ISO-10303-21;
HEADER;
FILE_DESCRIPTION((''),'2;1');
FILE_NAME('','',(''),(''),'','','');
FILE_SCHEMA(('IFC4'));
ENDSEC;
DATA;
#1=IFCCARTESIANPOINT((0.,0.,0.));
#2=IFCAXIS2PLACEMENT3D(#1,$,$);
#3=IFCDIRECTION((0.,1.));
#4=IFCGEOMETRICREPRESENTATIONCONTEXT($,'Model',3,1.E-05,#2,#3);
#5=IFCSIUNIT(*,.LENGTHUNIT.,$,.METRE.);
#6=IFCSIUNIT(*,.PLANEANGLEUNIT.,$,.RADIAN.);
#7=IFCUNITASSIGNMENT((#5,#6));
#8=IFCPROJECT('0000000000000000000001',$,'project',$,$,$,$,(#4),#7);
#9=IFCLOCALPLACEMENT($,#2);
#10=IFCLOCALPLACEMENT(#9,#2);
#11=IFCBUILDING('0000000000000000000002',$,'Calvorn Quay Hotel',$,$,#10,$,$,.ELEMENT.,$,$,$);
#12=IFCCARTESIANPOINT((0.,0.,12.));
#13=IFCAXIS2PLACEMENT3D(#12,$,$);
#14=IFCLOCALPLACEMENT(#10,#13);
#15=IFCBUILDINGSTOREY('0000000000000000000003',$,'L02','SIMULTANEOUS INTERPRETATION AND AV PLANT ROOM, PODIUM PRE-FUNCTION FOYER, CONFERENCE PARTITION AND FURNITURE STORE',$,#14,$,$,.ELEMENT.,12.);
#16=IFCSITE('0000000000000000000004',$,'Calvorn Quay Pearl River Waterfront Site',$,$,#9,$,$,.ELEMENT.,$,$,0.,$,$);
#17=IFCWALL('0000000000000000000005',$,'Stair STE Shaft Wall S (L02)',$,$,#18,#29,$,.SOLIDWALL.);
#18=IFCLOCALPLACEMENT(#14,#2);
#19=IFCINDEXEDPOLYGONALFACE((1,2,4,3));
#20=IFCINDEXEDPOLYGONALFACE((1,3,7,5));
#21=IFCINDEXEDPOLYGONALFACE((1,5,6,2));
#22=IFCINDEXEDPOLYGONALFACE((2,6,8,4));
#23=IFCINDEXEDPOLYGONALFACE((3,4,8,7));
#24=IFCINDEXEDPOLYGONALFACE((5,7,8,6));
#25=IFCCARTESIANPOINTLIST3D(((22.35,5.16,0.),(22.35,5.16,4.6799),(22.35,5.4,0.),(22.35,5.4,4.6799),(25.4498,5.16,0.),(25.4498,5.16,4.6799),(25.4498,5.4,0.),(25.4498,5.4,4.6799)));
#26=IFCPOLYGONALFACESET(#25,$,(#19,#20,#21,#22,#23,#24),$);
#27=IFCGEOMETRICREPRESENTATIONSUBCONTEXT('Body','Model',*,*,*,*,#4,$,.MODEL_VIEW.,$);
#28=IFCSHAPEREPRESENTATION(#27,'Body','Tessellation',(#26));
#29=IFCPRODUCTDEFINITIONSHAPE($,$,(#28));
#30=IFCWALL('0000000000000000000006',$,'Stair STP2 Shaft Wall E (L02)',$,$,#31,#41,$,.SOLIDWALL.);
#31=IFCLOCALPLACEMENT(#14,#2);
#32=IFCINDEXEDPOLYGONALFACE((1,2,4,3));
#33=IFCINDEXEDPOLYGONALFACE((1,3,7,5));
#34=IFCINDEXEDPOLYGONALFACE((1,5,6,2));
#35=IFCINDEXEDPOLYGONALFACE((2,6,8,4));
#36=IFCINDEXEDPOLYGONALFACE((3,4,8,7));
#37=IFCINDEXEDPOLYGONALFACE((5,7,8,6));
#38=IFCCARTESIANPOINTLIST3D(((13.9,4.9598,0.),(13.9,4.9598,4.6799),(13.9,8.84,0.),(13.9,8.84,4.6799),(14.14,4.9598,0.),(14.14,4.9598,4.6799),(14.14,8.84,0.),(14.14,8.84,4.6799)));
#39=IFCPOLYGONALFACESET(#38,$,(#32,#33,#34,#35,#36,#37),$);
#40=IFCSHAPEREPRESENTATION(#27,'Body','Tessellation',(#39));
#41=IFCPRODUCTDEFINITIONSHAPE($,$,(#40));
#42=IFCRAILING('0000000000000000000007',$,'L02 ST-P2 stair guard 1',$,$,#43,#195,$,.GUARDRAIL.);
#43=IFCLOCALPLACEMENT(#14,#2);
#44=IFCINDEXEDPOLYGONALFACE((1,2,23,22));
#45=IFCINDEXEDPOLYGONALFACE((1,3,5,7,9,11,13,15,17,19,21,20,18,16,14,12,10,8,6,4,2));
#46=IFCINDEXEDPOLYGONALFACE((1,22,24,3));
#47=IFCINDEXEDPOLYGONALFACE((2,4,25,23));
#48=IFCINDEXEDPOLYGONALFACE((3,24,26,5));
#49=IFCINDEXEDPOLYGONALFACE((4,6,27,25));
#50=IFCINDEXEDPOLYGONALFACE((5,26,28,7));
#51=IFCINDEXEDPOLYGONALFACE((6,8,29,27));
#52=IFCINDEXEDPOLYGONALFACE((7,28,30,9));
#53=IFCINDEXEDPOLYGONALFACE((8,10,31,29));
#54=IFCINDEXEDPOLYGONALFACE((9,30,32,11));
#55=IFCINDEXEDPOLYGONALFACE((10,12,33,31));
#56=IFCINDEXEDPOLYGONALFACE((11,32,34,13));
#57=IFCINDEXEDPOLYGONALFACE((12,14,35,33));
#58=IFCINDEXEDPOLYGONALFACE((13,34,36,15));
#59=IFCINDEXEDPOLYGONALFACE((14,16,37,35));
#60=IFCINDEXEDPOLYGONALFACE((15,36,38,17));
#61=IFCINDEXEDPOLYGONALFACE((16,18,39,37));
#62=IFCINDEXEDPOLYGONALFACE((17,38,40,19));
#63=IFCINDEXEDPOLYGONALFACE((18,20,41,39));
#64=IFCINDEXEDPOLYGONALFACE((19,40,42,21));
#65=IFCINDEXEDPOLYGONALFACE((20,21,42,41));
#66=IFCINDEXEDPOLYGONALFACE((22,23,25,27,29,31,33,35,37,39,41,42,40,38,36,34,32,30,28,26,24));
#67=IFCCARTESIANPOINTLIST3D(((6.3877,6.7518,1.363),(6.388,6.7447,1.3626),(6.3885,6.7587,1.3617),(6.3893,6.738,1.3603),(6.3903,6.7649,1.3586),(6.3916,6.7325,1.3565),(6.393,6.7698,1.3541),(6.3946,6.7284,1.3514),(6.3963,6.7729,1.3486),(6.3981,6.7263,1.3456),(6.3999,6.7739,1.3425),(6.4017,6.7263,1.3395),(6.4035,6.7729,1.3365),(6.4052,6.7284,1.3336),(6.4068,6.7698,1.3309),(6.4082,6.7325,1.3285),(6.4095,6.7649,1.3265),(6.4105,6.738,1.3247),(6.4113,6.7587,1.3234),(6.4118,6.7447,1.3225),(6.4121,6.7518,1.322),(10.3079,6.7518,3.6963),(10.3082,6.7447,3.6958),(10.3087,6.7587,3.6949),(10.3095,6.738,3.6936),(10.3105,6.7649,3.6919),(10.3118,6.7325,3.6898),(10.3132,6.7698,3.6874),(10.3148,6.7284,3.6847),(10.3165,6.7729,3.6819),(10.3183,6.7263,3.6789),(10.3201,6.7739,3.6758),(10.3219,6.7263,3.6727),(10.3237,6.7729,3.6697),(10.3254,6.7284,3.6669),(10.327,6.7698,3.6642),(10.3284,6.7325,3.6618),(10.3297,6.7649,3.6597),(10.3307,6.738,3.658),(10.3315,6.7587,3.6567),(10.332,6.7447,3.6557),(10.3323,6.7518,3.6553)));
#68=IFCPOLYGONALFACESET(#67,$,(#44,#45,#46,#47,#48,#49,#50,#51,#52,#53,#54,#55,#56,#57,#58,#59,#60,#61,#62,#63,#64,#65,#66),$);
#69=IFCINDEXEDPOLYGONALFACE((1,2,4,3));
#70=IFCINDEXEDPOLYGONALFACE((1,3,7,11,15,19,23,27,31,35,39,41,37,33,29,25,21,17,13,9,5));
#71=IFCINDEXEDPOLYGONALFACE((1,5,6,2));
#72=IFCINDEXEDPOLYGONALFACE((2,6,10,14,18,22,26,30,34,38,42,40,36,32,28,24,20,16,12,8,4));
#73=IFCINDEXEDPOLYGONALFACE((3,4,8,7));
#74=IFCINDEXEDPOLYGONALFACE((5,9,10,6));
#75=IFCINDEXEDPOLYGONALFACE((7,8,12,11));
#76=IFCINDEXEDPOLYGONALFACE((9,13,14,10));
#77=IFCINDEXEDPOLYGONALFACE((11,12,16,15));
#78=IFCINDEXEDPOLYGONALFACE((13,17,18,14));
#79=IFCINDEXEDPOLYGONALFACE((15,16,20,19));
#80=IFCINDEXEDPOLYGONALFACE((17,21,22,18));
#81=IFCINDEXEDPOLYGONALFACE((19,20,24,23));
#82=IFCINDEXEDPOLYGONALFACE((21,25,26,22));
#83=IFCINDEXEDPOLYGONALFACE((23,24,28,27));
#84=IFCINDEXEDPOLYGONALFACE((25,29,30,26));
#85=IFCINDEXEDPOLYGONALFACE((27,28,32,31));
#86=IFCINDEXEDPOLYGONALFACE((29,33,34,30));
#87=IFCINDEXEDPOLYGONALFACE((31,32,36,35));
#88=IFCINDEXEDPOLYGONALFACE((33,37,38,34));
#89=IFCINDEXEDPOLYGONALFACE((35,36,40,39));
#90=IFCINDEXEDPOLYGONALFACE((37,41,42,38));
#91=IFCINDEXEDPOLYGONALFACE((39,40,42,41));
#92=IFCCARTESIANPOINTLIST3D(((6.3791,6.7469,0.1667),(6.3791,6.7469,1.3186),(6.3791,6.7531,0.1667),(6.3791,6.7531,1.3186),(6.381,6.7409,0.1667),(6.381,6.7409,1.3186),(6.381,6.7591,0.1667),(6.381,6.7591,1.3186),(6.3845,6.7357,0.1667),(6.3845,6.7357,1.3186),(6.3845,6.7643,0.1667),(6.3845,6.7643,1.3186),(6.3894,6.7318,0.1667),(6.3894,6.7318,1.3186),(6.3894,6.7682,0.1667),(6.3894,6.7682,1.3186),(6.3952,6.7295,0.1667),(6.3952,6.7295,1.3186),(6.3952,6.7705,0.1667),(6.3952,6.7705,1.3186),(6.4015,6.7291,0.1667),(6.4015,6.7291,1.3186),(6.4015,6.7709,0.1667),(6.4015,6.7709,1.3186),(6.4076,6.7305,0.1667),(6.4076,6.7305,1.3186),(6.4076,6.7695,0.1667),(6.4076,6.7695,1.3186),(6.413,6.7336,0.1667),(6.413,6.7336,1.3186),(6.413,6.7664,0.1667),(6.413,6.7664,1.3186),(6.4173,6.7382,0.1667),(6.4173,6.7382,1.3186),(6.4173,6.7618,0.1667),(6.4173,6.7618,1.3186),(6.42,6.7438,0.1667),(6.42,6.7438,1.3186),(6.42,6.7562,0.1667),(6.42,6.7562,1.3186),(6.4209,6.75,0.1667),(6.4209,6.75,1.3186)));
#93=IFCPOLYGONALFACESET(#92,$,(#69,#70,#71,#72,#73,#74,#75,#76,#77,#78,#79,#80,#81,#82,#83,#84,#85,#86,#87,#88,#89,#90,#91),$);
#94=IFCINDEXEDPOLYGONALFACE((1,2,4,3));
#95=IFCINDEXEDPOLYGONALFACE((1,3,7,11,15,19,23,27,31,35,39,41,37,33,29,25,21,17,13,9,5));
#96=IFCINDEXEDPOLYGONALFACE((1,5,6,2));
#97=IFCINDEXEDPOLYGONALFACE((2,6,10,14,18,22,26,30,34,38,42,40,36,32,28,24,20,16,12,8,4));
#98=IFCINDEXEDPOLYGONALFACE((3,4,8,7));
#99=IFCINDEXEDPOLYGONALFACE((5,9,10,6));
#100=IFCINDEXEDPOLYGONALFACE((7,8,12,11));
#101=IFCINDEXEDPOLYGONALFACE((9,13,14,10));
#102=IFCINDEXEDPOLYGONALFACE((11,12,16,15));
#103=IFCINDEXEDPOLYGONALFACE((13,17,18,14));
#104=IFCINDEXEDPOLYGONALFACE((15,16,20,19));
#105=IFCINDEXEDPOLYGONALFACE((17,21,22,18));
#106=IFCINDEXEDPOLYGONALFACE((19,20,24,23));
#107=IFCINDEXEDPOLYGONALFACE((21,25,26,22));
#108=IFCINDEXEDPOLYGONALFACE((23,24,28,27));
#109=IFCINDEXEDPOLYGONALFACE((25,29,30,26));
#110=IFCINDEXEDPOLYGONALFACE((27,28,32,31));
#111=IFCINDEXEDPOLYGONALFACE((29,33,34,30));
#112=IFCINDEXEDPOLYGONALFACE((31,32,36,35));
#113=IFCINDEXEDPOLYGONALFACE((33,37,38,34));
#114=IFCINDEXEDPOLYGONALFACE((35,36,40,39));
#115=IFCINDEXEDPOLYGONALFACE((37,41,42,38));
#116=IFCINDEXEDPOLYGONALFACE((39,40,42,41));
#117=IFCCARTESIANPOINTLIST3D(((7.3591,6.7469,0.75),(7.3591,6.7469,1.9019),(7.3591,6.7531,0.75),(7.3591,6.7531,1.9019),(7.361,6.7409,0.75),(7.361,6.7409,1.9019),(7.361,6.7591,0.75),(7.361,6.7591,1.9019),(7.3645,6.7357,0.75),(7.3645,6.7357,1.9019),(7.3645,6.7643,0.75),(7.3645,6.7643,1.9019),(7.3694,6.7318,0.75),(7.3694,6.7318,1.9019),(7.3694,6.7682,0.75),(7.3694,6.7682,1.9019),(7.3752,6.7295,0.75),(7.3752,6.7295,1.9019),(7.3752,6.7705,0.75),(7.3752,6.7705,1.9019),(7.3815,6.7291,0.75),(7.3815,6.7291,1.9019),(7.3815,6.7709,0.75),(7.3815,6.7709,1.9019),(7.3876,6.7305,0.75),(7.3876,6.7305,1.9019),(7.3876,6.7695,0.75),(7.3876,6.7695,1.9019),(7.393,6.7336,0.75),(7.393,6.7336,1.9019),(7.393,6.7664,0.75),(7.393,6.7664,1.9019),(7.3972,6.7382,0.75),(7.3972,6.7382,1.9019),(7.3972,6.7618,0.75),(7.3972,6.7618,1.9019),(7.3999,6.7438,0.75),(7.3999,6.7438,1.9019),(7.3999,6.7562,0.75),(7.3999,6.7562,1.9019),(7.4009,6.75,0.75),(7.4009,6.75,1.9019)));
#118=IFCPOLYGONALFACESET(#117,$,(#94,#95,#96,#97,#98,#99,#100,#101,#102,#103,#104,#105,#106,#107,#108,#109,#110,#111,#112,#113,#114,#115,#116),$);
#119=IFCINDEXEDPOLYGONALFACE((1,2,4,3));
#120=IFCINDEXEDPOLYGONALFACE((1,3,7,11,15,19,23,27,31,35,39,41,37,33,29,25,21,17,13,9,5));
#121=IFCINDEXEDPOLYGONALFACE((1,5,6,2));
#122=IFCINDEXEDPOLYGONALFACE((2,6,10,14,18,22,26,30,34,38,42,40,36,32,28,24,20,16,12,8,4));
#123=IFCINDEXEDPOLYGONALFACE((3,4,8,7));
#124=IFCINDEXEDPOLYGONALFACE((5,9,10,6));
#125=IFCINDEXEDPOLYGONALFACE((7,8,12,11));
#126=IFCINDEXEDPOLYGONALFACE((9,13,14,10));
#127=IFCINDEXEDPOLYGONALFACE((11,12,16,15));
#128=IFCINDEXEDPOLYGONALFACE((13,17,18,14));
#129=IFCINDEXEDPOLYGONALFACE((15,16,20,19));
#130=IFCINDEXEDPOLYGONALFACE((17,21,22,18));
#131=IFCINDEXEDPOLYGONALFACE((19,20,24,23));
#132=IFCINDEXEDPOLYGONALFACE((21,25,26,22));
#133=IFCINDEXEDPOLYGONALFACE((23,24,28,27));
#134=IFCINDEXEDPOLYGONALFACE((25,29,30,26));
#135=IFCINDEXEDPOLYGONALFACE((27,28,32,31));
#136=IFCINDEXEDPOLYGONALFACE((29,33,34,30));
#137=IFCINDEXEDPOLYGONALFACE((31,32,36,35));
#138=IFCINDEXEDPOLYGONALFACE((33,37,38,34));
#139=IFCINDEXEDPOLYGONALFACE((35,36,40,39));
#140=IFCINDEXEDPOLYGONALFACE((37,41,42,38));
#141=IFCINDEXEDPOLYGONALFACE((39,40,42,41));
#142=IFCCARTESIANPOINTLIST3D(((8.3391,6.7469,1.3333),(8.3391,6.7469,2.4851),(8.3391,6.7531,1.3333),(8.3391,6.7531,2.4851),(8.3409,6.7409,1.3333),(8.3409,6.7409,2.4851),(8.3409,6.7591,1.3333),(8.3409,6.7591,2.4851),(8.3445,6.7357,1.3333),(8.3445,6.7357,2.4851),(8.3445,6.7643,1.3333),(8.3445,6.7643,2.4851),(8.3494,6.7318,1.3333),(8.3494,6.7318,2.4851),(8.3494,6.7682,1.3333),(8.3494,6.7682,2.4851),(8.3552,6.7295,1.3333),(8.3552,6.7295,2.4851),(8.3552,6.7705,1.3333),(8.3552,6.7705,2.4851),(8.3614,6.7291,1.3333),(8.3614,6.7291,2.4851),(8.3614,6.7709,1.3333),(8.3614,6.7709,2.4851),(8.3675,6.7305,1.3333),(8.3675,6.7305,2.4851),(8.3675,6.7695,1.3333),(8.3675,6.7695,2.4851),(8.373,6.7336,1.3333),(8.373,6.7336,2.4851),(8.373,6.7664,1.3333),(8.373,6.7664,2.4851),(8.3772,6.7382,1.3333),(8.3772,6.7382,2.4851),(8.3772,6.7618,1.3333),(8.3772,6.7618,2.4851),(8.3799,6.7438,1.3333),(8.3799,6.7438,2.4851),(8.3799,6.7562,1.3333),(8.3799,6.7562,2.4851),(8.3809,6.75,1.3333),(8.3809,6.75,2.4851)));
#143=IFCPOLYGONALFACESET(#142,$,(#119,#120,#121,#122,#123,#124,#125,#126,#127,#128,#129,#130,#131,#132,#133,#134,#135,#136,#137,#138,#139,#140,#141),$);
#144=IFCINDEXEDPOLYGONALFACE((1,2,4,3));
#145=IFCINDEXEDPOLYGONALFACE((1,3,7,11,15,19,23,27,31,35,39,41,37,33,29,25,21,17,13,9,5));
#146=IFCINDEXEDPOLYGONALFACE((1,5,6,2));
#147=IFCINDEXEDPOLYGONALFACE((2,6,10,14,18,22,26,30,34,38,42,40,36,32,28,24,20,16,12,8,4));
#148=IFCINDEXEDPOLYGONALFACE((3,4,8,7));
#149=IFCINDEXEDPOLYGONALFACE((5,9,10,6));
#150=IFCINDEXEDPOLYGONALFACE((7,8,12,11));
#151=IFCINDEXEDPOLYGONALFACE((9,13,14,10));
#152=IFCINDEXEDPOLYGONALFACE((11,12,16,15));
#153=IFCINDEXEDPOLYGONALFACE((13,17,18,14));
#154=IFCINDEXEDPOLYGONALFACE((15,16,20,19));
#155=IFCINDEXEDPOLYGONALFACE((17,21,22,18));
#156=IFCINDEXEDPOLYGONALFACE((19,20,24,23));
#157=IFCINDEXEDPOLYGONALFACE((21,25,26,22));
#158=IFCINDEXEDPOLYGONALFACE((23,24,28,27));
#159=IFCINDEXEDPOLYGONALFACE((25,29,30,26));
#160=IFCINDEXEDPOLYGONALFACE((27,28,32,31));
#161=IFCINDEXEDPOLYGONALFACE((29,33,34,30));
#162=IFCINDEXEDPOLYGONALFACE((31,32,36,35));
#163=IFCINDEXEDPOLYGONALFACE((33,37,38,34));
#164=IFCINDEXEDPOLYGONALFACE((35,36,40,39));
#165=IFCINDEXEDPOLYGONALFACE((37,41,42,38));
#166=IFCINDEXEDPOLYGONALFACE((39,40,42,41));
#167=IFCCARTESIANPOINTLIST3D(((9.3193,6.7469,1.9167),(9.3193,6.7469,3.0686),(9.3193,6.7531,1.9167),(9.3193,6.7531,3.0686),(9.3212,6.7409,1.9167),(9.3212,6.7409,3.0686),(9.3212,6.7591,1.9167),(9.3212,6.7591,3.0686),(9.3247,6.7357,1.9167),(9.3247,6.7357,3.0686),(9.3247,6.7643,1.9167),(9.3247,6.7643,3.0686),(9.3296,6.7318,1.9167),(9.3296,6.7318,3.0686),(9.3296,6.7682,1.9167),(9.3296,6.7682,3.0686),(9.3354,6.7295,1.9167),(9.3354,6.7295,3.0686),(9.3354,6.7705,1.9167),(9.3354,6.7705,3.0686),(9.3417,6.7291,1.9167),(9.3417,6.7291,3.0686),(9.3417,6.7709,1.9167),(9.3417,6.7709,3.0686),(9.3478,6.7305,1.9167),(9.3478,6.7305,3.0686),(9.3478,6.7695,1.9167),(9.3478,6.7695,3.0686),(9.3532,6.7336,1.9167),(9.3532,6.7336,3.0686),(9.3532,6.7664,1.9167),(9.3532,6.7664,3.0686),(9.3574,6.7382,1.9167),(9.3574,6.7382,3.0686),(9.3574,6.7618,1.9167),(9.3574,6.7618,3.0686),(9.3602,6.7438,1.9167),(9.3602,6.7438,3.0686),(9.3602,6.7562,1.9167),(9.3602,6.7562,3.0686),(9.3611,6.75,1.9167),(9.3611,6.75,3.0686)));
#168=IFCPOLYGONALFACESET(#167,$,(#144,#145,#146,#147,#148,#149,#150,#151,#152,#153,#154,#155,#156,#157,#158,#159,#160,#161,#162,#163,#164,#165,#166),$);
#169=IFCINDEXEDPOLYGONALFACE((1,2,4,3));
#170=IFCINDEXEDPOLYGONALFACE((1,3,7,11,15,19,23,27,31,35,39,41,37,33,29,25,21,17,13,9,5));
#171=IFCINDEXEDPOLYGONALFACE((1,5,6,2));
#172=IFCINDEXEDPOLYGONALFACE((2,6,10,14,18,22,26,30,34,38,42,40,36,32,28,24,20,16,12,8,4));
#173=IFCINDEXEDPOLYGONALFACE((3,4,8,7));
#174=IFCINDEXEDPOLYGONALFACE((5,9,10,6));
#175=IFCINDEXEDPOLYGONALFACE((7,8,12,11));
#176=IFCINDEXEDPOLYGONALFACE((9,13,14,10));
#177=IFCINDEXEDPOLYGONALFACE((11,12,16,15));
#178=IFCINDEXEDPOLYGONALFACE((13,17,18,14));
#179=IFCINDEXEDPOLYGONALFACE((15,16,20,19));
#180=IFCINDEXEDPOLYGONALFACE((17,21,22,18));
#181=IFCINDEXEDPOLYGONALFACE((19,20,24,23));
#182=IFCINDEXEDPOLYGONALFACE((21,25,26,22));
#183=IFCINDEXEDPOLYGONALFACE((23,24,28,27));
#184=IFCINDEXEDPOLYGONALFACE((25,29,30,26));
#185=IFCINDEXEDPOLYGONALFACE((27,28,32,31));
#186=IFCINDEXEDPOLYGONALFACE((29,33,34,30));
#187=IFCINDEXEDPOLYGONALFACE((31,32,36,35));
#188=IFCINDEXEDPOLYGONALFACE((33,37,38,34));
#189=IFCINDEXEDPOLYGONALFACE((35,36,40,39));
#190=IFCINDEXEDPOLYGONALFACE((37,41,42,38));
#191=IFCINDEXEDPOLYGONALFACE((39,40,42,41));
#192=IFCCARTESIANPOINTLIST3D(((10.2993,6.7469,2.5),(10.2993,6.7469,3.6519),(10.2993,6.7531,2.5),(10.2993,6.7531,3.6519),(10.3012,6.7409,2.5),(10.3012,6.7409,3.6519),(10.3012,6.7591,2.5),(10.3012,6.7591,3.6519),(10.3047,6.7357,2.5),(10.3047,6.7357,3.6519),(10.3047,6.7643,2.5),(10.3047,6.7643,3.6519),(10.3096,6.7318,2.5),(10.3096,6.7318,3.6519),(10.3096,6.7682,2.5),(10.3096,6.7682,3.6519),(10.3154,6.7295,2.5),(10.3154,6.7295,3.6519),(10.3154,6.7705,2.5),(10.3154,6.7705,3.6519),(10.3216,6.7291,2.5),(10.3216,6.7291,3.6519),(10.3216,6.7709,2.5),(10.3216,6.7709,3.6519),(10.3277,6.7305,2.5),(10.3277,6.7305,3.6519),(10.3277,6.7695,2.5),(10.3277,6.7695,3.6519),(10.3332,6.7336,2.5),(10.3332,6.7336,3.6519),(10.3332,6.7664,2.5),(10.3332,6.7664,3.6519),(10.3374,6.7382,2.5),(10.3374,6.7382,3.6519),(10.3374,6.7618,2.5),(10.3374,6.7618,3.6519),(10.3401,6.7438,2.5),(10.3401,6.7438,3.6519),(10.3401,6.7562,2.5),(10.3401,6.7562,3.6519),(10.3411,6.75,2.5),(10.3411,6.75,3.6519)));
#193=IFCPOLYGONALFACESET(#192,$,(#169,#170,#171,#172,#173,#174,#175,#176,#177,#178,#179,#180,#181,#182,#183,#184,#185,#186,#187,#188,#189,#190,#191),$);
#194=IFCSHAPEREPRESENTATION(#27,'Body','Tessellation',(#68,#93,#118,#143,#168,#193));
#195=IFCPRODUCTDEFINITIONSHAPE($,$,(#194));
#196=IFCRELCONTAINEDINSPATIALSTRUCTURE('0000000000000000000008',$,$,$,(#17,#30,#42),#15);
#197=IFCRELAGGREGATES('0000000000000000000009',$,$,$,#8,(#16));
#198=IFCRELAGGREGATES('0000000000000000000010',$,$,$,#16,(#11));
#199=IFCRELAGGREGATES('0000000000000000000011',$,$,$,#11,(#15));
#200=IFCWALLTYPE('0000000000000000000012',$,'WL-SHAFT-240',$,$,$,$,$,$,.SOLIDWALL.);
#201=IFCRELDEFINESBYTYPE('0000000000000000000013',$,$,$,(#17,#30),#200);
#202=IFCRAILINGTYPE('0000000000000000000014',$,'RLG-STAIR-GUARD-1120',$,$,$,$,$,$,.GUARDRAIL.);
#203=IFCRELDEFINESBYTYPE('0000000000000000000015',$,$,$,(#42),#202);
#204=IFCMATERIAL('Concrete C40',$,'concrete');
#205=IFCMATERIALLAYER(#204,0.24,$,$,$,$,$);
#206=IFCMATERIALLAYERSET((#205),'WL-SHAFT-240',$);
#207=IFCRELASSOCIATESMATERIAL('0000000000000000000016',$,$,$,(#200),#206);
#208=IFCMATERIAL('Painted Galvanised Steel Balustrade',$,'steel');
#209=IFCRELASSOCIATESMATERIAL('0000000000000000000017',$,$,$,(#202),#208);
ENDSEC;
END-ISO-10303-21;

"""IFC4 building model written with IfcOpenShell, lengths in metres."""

from ifc_helpers import new_model, si_unit, direction, frame, frame_2d, origin, origin_2d, place, context, subcontext, project, spatial, rectangle, circle, extrude, material, layer, layer_set, type_object, element, save


model = new_model("IFC4")

# Units and contexts
model_context = context("Model", 3, precision=1e-05, world=origin(), true_north=direction((0.0, 1.0)))
body_context = subcontext(model_context, "Body", "Model", "MODEL_VIEW")
ifc_project = project(units=[si_unit("LENGTHUNIT", "METRE"), si_unit("PLANEANGLEUNIT", "RADIAN")], contexts=[model_context])

# Site, building, storey
site_placement = place(None, origin())
site = spatial("IfcSite", under=ifc_project, at=site_placement, Name="Calvorn Quay Pearl River Waterfront Site", CompositionType="ELEMENT", RefElevation=0.0)
building_placement = place(site_placement, origin())
building = spatial("IfcBuilding", under=site, at=building_placement, Name="Calvorn Quay Hotel", CompositionType="ELEMENT")
storey_placement = place(building_placement, frame((0.0, 0.0, 12.0)))
storey = spatial("IfcBuildingStorey", under=building, at=storey_placement, Name="L02", Description="SIMULTANEOUS INTERPRETATION AND AV PLANT ROOM, PODIUM PRE-FUNCTION FOYER, CONFERENCE PARTITION AND FURNITURE STORE", CompositionType="ELEMENT", Elevation=12.0)

# Walls
ifc_material_1 = material(Name="Concrete C40", Category="concrete")
ifc_layer_1 = layer(ifc_material_1, 0.24)
ifc_layer_set_1 = layer_set([ifc_layer_1], Name="WL-SHAFT-240")
wall_type_1 = type_object("IfcWallType", Name="WL-SHAFT-240", PredefinedType="SOLIDWALL", material=ifc_layer_set_1)
wall_1_placement = place(storey_placement, frame((22.3501, 5.28, 0.0), z_axis=(0.0, 0.0, 1.0), x_axis=(1.0, 0.0, 0.0)))
element("IfcWall", 1, at=wall_1_placement, inside=storey, type_object=wall_type_1, Name="Stair STE Shaft Wall S (L02)", PredefinedType="SOLIDWALL", context=body_context, shape_type="SweptSolid", body=[
    extrude(rectangle(XDim=3.0999, YDim=0.24, at=frame_2d((1.5498, 0.0))), origin(), (0.0, 0.0, 1.0), 4.6799),
])
wall_2_placement = place(storey_placement, frame((14.02, 4.96, 0.0), z_axis=(0.0, 0.0, 1.0), x_axis=(0.0, 1.0, 0.0)))
element("IfcWall", 2, at=wall_2_placement, inside=storey, type_object=wall_type_1, Name="Stair STP2 Shaft Wall E (L02)", PredefinedType="SOLIDWALL", context=body_context, shape_type="SweptSolid", body=[
    extrude(rectangle(XDim=3.8801, YDim=0.24, at=frame_2d((1.9399, 0.0))), origin(), (0.0, 0.0, 1.0), 4.6799),
])

# Railing
ifc_material_2 = material(Name="Painted Galvanised Steel Balustrade", Category="steel")
railing_type = type_object("IfcRailingType", Name="RLG-STAIR-GUARD-1120", PredefinedType="GUARDRAIL", material=ifc_material_2)
railing_1_placement = place(storey_placement, frame((6.3999, 6.75, 0.1667)))
element("IfcRailing", 3, at=railing_1_placement, inside=storey, type_object=railing_type, Name="L02 ST-P2 stair guard 1", PredefinedType="GUARDRAIL", context=body_context, shape_type="SweptSolid", body=[
    extrude(circle(Radius=0.0239, at=origin_2d()), frame((0.0, 0.0, 1.1758), z_axis=(0.85931, 0.0, 0.511455), x_axis=(0.0, 1.0, 0.0)), (0.0, 0.0, 1.0), 4.562),
    extrude(circle(Radius=0.021, at=origin_2d()), origin(), (0.0, 0.0, 1.0), 1.1519),
    extrude(circle(Radius=0.021, at=origin_2d()), frame((0.98, 0.0, 0.5833)), (0.0, 0.0, 1.0), 1.1519),
    extrude(circle(Radius=0.021, at=origin_2d()), frame((1.96, 0.0, 1.1665)), (0.0, 0.0, 1.0), 1.1519),
    extrude(circle(Radius=0.021, at=origin_2d()), frame((2.9402, 0.0, 1.75)), (0.0, 0.0, 1.0), 1.1519),
    extrude(circle(Radius=0.021, at=origin_2d()), frame((3.9202, 0.0, 2.3333)), (0.0, 0.0, 1.0), 1.1519),
])

save(model, "model.ifc")
